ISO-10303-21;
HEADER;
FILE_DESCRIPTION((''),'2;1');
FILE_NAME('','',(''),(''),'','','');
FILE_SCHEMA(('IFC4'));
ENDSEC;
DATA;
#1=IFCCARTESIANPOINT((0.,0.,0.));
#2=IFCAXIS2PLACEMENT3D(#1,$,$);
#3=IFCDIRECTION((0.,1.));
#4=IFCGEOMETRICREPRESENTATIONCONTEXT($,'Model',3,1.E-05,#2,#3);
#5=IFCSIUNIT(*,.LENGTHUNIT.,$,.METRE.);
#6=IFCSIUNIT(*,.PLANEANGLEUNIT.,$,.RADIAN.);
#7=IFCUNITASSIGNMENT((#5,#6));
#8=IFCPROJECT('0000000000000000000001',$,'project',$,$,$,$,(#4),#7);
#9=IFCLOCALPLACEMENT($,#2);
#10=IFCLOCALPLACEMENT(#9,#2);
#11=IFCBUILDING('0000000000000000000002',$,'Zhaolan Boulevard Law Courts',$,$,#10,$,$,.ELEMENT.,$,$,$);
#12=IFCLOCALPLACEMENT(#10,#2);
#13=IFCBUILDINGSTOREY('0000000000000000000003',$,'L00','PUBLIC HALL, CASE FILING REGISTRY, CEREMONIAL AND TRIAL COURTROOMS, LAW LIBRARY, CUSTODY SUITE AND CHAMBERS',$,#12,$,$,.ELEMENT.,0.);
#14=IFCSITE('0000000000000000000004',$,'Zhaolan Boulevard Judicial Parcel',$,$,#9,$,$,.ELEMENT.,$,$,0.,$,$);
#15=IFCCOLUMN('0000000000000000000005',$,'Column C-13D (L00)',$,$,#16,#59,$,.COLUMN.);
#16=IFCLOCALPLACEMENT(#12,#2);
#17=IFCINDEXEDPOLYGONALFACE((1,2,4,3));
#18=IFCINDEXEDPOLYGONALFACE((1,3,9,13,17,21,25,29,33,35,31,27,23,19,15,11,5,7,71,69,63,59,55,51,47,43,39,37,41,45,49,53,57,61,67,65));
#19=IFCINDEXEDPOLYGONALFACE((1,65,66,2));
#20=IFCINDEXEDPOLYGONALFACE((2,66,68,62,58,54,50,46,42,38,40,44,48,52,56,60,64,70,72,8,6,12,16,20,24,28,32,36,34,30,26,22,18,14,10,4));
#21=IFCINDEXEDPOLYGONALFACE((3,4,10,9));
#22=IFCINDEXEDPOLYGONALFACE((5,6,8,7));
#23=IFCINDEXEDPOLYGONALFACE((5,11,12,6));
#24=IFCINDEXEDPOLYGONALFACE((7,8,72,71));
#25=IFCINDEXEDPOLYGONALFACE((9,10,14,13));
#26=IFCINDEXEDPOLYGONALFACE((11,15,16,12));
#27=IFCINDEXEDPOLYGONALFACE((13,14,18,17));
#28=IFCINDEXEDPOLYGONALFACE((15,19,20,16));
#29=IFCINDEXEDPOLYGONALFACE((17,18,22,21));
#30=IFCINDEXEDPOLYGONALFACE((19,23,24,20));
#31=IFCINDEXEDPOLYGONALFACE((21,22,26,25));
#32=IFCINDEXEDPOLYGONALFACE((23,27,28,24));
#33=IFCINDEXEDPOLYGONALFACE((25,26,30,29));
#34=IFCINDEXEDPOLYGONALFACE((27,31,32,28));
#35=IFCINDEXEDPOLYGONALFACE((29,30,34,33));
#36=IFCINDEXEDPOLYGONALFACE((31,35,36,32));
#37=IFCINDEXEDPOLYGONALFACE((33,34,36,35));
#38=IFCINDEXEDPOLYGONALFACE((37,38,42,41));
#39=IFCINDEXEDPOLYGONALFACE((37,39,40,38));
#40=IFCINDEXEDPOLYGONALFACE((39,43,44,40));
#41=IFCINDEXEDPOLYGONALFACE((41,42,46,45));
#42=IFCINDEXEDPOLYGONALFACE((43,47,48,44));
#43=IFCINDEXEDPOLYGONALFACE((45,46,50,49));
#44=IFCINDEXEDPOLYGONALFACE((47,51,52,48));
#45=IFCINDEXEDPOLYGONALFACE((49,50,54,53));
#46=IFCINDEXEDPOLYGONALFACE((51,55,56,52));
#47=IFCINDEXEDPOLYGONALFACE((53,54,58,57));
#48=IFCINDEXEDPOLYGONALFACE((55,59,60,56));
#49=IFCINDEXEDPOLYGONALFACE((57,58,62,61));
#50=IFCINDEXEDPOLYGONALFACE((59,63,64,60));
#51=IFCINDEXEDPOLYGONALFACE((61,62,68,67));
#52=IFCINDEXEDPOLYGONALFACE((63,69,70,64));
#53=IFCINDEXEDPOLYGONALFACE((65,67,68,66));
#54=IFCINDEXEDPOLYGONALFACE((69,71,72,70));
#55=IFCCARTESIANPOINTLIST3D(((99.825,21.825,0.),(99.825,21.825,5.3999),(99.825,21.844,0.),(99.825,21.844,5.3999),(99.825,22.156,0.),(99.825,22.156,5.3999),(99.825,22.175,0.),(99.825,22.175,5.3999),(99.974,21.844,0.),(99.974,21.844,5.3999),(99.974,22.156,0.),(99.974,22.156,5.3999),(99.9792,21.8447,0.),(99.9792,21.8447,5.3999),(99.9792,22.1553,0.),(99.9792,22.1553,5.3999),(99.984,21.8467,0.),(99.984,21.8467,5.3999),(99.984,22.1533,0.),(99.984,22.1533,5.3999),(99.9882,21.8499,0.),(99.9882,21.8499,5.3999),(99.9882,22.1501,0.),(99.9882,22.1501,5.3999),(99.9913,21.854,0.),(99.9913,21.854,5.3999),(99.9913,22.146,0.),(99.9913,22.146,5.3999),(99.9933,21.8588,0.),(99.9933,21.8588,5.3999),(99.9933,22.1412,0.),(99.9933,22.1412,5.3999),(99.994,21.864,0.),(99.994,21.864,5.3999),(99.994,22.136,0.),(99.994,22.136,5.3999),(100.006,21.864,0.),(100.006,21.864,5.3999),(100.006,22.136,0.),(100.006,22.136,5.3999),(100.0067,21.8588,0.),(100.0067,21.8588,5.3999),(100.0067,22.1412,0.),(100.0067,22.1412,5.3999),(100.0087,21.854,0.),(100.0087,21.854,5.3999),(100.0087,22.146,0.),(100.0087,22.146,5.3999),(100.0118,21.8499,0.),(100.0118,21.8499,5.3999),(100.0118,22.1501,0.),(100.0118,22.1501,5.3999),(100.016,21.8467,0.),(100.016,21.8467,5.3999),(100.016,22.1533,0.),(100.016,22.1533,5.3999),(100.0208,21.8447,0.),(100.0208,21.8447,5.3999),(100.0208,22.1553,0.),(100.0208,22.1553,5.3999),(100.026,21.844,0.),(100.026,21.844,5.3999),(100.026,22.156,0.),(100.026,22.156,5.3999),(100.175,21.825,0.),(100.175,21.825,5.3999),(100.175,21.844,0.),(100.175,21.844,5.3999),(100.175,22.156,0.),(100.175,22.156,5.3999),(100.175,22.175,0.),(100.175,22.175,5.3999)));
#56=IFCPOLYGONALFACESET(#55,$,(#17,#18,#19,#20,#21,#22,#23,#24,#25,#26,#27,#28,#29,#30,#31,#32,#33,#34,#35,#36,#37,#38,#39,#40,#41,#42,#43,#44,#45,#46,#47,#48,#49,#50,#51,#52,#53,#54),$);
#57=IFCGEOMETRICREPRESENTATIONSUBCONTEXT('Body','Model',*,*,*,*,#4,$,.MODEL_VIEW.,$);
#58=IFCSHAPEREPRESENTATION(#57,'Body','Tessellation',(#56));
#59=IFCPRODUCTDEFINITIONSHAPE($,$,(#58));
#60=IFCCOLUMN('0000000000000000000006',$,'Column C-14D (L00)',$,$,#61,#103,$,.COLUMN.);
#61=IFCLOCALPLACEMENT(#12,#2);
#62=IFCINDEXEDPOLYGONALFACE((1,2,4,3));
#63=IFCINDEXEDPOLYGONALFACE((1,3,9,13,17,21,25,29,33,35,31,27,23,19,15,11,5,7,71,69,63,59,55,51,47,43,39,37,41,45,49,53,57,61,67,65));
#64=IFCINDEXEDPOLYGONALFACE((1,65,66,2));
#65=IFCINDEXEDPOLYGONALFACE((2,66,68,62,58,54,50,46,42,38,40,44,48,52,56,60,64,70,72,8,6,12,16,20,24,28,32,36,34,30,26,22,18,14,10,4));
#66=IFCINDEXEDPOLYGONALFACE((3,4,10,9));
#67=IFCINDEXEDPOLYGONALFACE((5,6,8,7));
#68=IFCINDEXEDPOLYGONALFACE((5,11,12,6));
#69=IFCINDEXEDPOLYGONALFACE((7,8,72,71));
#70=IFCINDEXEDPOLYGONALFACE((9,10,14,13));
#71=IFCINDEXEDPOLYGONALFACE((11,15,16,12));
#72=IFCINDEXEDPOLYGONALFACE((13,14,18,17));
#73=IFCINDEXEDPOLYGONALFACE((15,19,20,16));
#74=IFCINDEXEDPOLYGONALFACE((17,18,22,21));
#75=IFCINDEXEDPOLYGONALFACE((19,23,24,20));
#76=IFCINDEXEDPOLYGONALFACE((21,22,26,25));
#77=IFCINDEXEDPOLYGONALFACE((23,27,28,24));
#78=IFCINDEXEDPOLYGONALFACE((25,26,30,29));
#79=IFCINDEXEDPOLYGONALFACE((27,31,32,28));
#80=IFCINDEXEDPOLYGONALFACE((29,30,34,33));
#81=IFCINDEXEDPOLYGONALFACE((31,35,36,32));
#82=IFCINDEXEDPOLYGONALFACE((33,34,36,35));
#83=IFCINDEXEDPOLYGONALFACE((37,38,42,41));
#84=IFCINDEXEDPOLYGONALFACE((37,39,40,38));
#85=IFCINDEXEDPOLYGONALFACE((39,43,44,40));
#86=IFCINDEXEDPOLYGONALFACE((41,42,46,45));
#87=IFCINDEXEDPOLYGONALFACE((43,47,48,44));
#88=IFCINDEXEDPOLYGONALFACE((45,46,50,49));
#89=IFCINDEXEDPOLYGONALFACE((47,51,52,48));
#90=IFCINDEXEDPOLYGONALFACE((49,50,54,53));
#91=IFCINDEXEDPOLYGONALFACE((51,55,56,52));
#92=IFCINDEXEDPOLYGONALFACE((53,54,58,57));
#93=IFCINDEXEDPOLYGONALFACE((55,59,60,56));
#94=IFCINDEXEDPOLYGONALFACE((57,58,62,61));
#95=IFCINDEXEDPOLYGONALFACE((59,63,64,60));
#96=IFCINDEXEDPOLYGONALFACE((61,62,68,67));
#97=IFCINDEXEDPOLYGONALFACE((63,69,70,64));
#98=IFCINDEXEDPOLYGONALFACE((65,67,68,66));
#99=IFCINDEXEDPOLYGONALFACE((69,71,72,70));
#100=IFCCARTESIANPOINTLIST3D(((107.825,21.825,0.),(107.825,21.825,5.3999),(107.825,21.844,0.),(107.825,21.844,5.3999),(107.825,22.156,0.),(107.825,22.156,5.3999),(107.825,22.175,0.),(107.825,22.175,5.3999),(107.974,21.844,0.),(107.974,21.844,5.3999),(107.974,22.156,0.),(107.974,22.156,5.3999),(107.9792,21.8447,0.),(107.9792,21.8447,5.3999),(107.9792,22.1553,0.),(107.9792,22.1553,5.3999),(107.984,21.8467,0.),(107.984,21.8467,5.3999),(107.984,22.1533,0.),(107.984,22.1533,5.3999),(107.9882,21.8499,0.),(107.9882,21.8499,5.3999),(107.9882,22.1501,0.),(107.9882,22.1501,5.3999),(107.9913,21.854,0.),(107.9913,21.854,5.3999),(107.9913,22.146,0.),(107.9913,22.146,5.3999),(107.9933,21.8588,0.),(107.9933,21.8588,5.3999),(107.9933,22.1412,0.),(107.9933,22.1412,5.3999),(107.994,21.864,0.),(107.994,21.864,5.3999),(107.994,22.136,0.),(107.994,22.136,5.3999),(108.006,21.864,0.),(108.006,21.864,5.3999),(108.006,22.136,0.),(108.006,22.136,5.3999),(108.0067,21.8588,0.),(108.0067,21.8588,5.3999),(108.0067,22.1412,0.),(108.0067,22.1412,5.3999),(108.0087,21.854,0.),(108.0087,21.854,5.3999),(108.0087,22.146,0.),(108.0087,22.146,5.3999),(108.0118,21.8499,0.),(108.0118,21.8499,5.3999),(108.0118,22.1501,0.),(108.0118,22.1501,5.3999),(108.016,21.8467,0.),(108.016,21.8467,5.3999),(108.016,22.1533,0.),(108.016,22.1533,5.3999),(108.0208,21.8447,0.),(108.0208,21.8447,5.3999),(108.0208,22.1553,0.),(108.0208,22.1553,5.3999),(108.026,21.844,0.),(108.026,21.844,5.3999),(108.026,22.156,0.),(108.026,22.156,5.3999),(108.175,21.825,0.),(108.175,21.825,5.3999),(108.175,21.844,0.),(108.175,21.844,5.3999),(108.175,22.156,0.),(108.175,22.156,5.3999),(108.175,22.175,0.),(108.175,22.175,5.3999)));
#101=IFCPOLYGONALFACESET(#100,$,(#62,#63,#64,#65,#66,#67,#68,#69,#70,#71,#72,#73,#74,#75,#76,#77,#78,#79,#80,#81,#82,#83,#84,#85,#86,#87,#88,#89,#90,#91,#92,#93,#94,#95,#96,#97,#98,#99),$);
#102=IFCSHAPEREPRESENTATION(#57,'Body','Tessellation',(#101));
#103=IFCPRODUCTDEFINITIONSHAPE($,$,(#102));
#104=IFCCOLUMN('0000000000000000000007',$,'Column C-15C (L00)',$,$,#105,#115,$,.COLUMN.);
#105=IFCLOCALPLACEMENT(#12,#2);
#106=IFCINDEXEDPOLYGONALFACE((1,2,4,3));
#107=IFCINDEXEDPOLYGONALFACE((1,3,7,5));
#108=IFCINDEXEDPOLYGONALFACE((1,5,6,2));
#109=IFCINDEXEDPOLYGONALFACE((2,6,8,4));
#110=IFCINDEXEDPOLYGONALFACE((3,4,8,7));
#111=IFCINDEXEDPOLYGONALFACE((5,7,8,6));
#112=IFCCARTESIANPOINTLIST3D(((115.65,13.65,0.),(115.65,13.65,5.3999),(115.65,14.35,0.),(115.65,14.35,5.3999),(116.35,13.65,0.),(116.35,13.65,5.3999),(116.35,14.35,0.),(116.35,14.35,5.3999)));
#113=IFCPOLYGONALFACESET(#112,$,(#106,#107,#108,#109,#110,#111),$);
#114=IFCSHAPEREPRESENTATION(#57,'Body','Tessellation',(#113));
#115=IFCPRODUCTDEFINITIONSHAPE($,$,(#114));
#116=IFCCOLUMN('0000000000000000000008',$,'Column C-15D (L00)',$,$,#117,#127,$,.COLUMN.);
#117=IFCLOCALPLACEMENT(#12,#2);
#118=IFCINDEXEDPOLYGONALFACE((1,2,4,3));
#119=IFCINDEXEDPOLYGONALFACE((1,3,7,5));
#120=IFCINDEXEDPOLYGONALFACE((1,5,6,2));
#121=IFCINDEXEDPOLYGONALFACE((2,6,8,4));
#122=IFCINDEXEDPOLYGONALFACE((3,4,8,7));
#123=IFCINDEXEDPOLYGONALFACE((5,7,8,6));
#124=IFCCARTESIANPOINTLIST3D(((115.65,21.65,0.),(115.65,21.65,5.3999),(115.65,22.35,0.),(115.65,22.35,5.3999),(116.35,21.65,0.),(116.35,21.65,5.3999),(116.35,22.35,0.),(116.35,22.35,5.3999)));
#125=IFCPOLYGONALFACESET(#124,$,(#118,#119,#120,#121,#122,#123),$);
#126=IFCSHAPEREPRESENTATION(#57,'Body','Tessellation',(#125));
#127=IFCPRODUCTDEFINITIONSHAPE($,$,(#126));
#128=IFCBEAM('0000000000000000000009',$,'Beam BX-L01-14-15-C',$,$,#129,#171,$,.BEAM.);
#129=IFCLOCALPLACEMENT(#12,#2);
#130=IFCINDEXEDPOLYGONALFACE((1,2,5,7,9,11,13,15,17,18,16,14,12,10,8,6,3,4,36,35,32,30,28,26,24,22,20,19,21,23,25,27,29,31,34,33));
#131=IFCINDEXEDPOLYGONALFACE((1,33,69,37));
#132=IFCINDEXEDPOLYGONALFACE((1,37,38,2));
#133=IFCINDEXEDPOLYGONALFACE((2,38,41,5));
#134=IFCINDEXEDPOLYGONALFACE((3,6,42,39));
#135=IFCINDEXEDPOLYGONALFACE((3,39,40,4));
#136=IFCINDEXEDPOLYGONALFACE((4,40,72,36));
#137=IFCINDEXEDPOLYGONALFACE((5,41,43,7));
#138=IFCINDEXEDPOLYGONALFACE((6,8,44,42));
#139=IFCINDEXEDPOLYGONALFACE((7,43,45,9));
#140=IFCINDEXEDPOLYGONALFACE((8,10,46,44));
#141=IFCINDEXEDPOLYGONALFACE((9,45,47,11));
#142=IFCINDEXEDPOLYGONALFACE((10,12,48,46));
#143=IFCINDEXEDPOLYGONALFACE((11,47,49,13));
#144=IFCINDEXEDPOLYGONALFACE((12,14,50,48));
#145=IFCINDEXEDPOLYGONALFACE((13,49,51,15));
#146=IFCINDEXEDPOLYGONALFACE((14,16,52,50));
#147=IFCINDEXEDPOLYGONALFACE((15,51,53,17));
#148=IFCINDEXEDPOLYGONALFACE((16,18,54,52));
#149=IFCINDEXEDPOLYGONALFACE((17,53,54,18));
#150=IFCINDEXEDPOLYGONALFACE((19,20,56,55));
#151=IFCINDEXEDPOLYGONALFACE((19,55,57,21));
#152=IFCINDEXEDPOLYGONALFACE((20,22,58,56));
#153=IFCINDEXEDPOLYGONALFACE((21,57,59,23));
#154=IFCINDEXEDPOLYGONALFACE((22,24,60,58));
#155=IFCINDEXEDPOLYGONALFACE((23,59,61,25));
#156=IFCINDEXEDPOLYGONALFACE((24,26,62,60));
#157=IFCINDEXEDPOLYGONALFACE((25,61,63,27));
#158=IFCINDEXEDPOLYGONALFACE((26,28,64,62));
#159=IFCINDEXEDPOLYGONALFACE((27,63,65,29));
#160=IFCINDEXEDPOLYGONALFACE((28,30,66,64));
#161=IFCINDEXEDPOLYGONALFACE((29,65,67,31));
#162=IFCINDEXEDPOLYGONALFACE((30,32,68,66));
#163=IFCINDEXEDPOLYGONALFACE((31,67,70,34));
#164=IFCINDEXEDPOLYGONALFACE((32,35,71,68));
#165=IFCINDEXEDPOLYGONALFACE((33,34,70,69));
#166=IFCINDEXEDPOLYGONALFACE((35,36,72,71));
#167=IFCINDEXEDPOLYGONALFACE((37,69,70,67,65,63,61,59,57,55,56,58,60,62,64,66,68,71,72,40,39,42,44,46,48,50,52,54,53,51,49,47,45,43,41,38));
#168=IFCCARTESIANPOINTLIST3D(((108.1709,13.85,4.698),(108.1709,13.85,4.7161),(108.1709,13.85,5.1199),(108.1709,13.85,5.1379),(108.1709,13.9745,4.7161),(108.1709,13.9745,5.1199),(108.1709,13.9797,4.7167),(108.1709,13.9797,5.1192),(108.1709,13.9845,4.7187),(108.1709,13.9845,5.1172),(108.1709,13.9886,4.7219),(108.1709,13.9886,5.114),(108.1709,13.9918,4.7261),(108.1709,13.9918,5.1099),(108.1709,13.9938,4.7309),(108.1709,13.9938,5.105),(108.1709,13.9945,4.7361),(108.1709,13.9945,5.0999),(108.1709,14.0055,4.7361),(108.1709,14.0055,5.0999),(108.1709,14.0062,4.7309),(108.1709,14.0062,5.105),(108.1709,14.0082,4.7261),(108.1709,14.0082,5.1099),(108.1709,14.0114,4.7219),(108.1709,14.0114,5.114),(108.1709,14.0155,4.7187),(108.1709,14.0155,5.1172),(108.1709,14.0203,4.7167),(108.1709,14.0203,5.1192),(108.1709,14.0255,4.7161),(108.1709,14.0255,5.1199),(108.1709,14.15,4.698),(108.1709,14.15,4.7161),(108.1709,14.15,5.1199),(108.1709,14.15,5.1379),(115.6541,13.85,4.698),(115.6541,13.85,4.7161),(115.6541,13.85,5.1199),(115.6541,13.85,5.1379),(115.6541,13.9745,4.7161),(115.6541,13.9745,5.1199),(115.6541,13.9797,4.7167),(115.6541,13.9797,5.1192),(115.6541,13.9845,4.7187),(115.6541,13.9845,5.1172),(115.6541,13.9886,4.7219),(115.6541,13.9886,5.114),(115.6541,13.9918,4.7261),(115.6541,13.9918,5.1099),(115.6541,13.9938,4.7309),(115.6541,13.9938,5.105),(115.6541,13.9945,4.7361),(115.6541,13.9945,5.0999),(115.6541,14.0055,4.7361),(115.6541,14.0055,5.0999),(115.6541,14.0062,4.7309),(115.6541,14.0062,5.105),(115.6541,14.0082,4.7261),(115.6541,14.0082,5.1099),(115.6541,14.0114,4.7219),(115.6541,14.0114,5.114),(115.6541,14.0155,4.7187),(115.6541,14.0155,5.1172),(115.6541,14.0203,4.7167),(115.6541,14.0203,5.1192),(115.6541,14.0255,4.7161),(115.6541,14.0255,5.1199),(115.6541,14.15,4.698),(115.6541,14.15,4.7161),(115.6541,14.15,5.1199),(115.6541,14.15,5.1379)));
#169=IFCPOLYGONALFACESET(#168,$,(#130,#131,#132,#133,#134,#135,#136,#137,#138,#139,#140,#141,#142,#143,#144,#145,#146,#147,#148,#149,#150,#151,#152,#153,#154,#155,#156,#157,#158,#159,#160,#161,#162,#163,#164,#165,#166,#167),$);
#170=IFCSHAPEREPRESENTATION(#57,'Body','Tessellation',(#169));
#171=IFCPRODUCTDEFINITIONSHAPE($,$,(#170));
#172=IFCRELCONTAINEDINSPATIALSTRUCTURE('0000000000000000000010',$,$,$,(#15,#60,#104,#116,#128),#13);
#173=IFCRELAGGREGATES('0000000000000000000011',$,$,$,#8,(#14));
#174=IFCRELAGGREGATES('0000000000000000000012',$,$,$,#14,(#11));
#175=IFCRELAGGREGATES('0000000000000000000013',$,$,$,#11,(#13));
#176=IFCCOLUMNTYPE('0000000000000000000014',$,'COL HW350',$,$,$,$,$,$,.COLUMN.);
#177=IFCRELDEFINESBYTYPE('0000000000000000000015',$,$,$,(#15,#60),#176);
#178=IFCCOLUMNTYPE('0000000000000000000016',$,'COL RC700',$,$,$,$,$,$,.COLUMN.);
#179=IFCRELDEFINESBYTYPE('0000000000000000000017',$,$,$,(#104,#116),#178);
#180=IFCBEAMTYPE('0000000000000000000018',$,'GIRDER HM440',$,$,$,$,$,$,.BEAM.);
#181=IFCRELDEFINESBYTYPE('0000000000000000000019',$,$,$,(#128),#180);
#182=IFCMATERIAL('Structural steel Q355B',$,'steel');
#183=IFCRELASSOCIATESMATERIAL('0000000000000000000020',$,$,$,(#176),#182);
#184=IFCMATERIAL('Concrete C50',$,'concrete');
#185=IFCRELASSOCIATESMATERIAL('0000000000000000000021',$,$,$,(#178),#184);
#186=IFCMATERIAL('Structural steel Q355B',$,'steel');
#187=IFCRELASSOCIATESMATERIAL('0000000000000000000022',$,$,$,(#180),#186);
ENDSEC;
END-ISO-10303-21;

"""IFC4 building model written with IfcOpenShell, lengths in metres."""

from ifc_helpers import new_model, si_unit, direction, frame, origin, origin_2d, place, context, subcontext, project, spatial, rectangle, i_section, extrude, material, material_profile, profile_set, type_object, element, save


model = new_model("IFC4")

# Units and contexts
model_context = context("Model", 3, precision=1e-05, world=origin(), true_north=direction((0.0, 1.0)))
body_context = subcontext(model_context, "Body", "Model", "MODEL_VIEW")
ifc_project = project(units=[si_unit("LENGTHUNIT", "METRE"), si_unit("PLANEANGLEUNIT", "RADIAN")], contexts=[model_context])

# Site, building, storey
site_placement = place(None, origin())
site = spatial("IfcSite", under=ifc_project, at=site_placement, Name="Zhaolan Boulevard Judicial Parcel", CompositionType="ELEMENT", RefElevation=0.0)
building_placement = place(site_placement, origin())
building = spatial("IfcBuilding", under=site, at=building_placement, Name="Zhaolan Boulevard Law Courts", CompositionType="ELEMENT")
storey_placement = place(building_placement, origin())
storey = spatial("IfcBuildingStorey", under=building, at=storey_placement, Name="L00", Description="PUBLIC HALL, CASE FILING REGISTRY, CEREMONIAL AND TRIAL COURTROOMS, LAW LIBRARY, CUSTODY SUITE AND CHAMBERS", CompositionType="ELEMENT", Elevation=0.0)

# Columns
ifc_material_1 = material(Name="Structural steel Q355B", Category="steel")
ifc_material_profile_1 = material_profile(ifc_material_1, i_section(OverallWidth=0.3501, OverallDepth=0.3501, WebThickness=0.012, FlangeThickness=0.019, FilletRadius=0.02, at=origin_2d()), Name="HW350x350")
ifc_profile_set_1 = profile_set([ifc_material_profile_1], Name="Structural steel Q355B")
column_type_1 = type_object("IfcColumnType", Name="COL HW350", PredefinedType="COLUMN", material=ifc_profile_set_1)
for number, where, z_axis, x_axis, name in (
    (1, (100.0, 22.0, 0.0), (0.0, 0.0, 1.0), (1.0, 0.0, 0.0), "Column C-13D (L00)"),
    (2, (108.0, 22.0, 0.0), (0.0, 0.0, 1.0), (1.0, 0.0, 0.0), "Column C-14D (L00)"),
):
    element("IfcColumn", number, at=place(storey_placement, frame(where, z_axis=z_axis, x_axis=x_axis)), inside=storey, type_object=column_type_1, Name=name, PredefinedType="COLUMN", context=body_context, shape_type="SweptSolid", body=[
        extrude(i_section(OverallWidth=0.3501, OverallDepth=0.3501, WebThickness=0.012, FlangeThickness=0.019, FilletRadius=0.02, at=origin_2d()), origin(), (0.0, 0.0, 1.0), 5.3999),
    ])
ifc_material_2 = material(Name="Concrete C50", Category="concrete")
ifc_material_profile_2 = material_profile(ifc_material_2, rectangle(XDim=0.7, YDim=0.7, at=origin_2d()), Name="RC700x700")
ifc_profile_set_2 = profile_set([ifc_material_profile_2], Name="Concrete C50")
column_type_2 = type_object("IfcColumnType", Name="COL RC700", PredefinedType="COLUMN", material=ifc_profile_set_2)
for number, where, z_axis, x_axis, name in (
    (3, (116.0, 14.0, 0.0), (0.0, 0.0, 1.0), (1.0, 0.0, 0.0), "Column C-15C (L00)"),
    (4, (116.0, 22.0, 0.0), (0.0, 0.0, 1.0), (1.0, 0.0, 0.0), "Column C-15D (L00)"),
):
    element("IfcColumn", number, at=place(storey_placement, frame(where, z_axis=z_axis, x_axis=x_axis)), inside=storey, type_object=column_type_2, Name=name, PredefinedType="COLUMN", context=body_context, shape_type="SweptSolid", body=[
        extrude(rectangle(XDim=0.7, YDim=0.7, at=origin_2d()), origin(), (0.0, 0.0, 1.0), 5.3999),
    ])

# Beam
ifc_material_3 = material(Name="Structural steel Q355B", Category="steel")
ifc_material_profile_3 = material_profile(ifc_material_3, i_section(OverallWidth=0.3, OverallDepth=0.4399, WebThickness=0.011, FlangeThickness=0.0181, FilletRadius=0.02, at=origin_2d()), Name="HM440x300")
ifc_profile_set_3 = profile_set([ifc_material_profile_3], Name="Structural steel Q355B")
beam_type_1 = type_object("IfcBeamType", Name="GIRDER HM440", PredefinedType="BEAM", material=ifc_profile_set_3)
beam_1_placement = place(storey_placement, frame((108.1709, 14.0, 4.918), z_axis=(1.0, 0.0, 0.0), x_axis=(0.0, 1.0, 0.0)))
element("IfcBeam", 5, at=beam_1_placement, inside=storey, type_object=beam_type_1, Name="Beam BX-L01-14-15-C", PredefinedType="BEAM", context=body_context, shape_type="SweptSolid", body=[
    extrude(i_section(OverallWidth=0.3, OverallDepth=0.4399, WebThickness=0.011, FlangeThickness=0.0181, FilletRadius=0.02, at=origin_2d()), origin(), (0.0, 0.0, 1.0), 7.4832),
])

save(model, "model.ifc")
